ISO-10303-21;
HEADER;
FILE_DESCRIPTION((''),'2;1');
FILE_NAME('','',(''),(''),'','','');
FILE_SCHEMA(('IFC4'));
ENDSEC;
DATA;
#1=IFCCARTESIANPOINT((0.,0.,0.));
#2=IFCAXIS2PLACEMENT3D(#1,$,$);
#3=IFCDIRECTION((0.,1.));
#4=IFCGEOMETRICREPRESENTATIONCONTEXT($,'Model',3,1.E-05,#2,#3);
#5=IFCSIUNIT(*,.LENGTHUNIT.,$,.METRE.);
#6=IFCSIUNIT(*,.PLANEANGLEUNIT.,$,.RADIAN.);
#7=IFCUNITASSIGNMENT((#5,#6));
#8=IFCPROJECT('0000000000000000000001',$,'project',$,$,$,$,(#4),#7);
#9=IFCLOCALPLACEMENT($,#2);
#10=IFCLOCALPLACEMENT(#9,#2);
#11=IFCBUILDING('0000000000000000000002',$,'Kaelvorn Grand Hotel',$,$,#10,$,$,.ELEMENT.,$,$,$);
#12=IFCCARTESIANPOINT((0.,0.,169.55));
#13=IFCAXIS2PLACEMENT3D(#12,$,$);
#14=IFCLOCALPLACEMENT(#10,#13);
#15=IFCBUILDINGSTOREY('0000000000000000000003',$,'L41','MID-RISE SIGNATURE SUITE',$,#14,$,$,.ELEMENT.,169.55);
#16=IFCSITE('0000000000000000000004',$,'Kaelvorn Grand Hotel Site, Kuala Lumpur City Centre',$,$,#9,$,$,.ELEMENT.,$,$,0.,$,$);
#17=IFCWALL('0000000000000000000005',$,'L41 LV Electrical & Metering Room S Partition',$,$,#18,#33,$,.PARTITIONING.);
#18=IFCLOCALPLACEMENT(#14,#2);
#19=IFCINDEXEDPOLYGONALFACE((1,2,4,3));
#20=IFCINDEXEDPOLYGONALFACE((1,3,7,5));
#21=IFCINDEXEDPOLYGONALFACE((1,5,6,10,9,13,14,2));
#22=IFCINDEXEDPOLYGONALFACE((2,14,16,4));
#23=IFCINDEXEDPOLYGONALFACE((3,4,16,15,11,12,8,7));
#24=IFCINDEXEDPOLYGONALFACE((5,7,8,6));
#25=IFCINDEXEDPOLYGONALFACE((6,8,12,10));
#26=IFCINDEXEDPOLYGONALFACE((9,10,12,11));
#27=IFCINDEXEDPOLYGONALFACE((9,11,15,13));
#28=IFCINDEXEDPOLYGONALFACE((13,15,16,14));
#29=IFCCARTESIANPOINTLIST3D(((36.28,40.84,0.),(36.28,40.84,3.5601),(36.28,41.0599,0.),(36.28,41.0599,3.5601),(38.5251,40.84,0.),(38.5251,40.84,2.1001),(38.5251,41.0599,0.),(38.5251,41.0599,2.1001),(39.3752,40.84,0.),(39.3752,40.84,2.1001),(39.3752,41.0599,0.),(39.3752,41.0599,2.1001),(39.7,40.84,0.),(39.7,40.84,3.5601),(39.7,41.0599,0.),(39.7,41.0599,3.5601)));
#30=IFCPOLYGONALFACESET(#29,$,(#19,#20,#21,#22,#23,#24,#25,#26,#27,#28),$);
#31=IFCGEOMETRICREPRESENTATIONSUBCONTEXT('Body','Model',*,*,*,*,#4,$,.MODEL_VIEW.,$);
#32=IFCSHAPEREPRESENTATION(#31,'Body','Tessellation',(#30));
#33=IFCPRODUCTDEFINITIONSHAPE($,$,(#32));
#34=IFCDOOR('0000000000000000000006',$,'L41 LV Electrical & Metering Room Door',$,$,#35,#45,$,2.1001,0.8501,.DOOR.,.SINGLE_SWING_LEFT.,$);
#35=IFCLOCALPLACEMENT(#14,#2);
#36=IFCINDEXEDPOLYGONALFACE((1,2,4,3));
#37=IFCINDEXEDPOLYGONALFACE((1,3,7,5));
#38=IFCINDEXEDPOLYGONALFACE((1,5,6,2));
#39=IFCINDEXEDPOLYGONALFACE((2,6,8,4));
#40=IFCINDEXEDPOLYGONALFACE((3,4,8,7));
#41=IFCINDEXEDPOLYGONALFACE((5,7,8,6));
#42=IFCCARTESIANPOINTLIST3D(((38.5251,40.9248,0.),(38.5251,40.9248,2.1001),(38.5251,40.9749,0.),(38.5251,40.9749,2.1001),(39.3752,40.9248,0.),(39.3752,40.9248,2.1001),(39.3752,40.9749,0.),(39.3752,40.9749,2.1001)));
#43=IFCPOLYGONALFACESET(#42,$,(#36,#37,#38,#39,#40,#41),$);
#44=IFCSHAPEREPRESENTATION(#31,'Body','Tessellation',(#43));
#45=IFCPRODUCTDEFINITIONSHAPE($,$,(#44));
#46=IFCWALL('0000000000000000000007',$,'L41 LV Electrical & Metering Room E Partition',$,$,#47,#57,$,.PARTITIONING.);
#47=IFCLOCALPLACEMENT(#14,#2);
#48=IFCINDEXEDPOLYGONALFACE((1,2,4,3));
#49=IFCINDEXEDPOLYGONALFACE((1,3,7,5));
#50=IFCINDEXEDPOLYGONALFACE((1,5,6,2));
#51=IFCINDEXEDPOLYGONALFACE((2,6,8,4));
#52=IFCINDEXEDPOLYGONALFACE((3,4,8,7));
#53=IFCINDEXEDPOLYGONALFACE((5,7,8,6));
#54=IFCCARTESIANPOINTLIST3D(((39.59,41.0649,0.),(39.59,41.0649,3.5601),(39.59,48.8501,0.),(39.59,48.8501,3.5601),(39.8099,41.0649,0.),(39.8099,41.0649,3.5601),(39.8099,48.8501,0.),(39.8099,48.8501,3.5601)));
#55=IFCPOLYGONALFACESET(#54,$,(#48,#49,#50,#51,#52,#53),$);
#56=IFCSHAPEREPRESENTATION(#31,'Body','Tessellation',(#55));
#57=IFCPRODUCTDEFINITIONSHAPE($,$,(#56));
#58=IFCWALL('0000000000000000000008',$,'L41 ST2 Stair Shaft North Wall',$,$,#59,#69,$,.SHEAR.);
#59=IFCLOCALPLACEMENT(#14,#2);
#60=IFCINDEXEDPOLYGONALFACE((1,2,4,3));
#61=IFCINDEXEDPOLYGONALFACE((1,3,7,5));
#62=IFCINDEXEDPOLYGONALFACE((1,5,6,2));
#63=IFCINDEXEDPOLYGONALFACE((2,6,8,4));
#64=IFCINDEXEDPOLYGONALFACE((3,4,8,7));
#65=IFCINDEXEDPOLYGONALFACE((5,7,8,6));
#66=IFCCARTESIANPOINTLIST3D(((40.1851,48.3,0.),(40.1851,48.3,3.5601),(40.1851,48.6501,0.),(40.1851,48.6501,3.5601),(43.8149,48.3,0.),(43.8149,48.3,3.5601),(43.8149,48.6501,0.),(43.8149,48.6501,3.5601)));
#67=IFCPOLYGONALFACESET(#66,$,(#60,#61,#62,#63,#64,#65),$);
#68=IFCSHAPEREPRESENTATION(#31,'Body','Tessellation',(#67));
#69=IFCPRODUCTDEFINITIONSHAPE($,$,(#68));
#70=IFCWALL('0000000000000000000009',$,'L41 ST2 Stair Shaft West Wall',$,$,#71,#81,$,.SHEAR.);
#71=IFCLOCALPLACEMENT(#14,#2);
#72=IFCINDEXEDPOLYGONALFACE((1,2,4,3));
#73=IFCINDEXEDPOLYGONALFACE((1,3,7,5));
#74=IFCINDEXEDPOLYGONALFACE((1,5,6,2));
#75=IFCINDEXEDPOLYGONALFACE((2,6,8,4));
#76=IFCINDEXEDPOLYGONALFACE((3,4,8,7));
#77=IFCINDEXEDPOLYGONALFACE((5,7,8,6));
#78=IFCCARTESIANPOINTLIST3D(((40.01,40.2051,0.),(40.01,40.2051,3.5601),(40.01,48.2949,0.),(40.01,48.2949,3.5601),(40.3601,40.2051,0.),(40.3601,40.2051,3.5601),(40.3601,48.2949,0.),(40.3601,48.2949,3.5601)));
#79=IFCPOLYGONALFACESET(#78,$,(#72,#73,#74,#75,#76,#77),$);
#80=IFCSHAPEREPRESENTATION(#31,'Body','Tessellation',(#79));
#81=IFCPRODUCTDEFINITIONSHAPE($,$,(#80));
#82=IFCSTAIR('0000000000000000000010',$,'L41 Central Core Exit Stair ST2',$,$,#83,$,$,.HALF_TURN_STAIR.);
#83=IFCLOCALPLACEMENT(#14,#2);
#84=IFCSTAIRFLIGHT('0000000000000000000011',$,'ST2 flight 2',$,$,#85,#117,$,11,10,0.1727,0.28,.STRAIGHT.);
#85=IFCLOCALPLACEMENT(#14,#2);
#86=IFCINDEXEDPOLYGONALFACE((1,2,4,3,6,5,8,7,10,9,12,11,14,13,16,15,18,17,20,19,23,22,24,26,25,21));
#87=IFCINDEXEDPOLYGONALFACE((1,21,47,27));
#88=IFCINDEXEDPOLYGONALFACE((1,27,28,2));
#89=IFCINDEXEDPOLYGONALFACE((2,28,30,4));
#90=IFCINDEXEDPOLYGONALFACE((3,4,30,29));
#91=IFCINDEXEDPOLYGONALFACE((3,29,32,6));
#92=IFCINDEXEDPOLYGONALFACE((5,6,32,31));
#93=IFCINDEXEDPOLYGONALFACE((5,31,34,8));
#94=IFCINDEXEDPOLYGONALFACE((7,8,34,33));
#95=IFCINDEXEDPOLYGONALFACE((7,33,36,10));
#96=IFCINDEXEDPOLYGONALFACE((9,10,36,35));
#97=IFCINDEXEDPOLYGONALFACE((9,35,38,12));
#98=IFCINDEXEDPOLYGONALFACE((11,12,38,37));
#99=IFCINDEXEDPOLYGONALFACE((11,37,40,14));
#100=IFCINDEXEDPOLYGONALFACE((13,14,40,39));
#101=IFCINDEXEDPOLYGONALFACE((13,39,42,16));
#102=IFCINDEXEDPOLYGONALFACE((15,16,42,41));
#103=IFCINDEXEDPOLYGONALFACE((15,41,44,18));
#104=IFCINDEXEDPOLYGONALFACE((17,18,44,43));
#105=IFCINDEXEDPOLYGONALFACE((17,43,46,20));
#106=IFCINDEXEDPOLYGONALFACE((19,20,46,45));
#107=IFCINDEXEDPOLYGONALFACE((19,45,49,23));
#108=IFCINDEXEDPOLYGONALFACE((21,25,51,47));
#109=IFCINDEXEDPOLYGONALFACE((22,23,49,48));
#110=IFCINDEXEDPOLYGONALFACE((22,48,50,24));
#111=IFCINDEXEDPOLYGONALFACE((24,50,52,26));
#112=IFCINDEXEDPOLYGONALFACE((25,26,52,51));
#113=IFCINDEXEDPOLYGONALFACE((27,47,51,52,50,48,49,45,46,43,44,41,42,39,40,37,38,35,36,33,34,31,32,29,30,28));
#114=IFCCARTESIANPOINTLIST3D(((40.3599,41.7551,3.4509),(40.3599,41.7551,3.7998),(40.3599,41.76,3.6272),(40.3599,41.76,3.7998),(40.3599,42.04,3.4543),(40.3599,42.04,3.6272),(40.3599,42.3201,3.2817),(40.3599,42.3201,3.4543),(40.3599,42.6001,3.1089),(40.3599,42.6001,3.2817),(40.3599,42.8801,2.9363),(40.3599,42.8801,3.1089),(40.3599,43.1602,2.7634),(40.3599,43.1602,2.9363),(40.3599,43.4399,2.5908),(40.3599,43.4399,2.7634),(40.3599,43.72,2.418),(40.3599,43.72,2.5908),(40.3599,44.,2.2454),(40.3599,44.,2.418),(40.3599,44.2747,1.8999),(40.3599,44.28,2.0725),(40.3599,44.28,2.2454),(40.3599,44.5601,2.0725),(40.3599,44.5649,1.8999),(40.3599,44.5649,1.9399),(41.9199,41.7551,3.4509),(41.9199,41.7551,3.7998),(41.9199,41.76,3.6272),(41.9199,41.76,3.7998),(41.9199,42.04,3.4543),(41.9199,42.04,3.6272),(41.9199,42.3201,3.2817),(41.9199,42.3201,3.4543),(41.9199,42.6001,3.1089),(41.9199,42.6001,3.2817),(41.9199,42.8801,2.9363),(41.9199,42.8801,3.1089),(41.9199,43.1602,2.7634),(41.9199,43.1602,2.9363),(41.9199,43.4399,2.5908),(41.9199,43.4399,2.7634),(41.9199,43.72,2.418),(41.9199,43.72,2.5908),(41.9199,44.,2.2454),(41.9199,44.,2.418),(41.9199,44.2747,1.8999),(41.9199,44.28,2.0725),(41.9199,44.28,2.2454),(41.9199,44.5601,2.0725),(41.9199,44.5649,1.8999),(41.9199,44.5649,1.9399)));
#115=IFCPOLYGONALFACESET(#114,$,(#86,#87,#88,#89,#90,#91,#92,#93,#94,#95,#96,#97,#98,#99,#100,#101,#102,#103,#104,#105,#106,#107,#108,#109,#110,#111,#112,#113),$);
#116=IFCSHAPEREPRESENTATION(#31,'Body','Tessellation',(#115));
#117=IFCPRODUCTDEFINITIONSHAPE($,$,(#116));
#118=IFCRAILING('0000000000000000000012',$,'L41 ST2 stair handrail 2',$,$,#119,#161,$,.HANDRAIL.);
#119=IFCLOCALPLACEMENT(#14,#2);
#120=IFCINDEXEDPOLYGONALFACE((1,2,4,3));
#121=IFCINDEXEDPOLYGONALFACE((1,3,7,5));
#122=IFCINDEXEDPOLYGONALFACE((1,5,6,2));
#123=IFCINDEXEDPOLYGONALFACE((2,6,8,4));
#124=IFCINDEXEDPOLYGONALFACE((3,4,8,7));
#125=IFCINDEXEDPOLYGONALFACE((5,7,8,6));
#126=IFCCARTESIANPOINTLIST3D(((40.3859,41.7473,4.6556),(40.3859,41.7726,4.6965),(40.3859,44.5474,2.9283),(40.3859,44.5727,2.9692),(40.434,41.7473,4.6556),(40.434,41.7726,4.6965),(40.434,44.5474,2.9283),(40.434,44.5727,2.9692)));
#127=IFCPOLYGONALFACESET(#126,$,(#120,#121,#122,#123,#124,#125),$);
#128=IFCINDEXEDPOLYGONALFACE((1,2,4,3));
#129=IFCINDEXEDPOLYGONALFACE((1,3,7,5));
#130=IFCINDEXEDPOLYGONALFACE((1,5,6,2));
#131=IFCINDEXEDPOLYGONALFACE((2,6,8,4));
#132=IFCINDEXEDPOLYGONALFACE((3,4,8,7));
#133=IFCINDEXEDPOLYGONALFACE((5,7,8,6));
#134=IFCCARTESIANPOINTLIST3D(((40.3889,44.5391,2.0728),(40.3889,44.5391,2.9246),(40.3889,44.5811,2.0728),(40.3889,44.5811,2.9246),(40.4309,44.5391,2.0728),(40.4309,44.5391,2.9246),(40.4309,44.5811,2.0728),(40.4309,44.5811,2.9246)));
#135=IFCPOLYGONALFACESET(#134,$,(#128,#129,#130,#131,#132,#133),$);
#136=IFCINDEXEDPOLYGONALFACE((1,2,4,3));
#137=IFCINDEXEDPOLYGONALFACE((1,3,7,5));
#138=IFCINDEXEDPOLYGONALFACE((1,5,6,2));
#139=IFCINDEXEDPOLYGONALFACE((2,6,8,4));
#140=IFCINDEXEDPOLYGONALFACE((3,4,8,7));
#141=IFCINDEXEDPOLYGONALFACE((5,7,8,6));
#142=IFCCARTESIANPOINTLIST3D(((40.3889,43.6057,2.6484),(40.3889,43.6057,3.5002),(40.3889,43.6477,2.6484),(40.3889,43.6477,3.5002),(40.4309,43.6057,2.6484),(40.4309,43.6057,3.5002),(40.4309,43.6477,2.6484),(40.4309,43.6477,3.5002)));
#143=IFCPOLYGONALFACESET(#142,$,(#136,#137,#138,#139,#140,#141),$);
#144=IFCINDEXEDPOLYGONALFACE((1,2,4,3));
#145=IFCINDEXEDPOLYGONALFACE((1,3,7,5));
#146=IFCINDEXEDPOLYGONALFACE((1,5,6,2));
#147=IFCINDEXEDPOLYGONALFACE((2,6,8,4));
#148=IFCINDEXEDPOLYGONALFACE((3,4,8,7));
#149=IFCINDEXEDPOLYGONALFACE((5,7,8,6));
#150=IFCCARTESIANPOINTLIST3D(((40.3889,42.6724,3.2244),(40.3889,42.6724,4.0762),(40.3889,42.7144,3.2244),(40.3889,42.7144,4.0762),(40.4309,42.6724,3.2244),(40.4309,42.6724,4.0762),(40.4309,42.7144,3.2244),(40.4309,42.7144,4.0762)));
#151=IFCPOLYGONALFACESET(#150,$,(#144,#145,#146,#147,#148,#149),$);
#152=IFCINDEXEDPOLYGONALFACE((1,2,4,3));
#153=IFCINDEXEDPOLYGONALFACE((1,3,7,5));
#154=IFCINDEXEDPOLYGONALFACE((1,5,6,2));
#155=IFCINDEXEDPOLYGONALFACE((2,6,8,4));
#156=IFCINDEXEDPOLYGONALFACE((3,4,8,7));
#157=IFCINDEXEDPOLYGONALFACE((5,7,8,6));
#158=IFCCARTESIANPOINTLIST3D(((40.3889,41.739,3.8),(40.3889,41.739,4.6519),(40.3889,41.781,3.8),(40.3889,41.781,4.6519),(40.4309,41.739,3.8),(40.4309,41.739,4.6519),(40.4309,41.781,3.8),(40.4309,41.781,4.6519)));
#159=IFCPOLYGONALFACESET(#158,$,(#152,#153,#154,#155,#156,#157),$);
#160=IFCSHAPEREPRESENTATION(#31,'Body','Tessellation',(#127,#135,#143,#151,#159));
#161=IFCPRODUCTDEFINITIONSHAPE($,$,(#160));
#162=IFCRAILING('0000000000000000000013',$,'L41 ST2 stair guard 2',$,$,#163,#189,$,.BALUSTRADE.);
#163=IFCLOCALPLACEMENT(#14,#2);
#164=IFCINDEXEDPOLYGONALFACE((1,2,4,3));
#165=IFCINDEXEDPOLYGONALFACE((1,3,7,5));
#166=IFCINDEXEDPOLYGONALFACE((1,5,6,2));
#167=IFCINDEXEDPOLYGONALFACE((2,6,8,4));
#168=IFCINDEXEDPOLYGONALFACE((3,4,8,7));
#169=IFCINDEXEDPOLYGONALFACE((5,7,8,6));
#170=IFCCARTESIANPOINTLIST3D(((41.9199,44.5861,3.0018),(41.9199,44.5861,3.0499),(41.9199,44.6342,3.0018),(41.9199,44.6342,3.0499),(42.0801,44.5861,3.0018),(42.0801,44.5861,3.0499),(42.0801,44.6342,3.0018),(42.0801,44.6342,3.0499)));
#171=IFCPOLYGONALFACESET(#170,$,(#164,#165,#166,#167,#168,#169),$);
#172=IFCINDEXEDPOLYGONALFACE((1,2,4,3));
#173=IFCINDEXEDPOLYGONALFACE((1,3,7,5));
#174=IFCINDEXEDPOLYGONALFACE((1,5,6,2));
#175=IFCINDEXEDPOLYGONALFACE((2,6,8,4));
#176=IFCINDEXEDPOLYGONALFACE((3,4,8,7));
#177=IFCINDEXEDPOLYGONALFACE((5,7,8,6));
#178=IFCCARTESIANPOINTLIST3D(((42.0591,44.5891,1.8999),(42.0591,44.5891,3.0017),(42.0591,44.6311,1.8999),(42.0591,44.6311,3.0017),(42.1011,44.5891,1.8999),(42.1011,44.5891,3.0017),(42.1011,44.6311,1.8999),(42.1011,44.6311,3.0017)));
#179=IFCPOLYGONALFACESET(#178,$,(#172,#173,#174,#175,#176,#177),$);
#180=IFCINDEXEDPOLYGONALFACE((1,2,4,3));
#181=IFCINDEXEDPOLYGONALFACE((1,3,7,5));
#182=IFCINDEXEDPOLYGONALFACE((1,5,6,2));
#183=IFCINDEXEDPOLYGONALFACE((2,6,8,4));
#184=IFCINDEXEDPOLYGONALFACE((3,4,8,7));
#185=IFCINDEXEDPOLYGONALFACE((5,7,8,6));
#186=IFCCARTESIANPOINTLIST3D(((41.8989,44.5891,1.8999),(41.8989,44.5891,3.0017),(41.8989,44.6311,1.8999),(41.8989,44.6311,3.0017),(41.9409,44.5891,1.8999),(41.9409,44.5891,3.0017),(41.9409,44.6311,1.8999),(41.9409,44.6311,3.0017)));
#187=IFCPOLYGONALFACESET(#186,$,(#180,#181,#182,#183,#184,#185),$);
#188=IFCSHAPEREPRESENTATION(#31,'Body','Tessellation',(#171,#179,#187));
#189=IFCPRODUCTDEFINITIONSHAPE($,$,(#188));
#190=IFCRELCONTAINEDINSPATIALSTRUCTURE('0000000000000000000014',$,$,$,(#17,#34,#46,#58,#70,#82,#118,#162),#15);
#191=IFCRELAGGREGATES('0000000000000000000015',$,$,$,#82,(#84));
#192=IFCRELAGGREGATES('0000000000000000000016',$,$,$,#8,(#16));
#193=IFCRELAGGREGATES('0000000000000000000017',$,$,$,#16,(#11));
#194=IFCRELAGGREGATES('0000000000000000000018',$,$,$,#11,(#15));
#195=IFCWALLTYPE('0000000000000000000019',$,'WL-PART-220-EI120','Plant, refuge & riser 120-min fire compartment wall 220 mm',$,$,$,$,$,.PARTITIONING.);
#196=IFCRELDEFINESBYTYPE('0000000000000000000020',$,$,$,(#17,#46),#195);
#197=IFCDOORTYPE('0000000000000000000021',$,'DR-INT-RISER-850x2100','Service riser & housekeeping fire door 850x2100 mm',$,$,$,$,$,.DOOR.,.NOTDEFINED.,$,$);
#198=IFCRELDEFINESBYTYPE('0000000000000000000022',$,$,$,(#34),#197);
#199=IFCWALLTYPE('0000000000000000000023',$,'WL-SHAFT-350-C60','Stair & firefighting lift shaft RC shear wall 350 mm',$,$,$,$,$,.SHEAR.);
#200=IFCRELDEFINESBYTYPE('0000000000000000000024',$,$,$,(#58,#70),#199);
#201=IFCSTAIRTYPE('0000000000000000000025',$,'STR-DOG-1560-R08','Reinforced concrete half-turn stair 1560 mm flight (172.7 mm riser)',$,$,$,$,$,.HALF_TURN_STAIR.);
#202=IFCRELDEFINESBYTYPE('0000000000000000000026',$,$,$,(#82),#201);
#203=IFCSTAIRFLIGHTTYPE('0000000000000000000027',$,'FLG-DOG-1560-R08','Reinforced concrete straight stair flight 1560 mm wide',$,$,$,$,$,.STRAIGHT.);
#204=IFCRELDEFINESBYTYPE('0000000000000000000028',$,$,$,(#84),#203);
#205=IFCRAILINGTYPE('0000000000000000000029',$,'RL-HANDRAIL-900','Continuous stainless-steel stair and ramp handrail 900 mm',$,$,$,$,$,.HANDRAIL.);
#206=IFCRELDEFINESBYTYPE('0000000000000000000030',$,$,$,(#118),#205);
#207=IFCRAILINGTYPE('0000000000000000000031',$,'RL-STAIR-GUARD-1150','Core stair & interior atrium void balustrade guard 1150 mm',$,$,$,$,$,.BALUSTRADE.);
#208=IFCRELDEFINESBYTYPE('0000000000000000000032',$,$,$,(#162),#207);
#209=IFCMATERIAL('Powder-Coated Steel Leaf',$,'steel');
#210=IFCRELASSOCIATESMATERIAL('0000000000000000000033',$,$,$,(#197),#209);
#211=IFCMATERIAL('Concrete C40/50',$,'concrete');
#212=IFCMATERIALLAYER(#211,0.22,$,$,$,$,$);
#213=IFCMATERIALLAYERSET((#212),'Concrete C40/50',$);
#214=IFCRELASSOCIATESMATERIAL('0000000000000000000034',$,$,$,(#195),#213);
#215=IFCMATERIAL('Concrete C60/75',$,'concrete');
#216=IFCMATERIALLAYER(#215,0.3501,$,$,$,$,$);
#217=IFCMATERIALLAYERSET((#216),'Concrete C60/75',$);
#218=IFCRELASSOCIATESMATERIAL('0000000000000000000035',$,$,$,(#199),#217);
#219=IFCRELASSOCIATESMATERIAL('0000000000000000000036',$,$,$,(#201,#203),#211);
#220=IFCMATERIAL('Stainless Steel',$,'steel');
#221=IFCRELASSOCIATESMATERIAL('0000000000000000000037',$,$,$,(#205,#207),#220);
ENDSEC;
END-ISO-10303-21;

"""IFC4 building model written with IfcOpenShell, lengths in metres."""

from ifc_helpers import new_model, si_unit, direction, frame, frame_2d, origin, origin_2d, place, context, subcontext, project, spatial, polyline, rectangle, outline, extrude, material, layer, layer_set, type_object, element, fill, aggregate, save


model = new_model("IFC4")

# Units and contexts
model_context = context("Model", 3, precision=1e-05, world=origin(), true_north=direction((0.0, 1.0)))
body_context = subcontext(model_context, "Body", "Model", "MODEL_VIEW")
ifc_project = project(units=[si_unit("LENGTHUNIT", "METRE"), si_unit("PLANEANGLEUNIT", "RADIAN")], contexts=[model_context])

# Site, building, storey
site_placement = place(None, origin())
site = spatial("IfcSite", under=ifc_project, at=site_placement, Name="Kaelvorn Grand Hotel Site, Kuala Lumpur City Centre", CompositionType="ELEMENT", RefElevation=0.0)
building_placement = place(site_placement, origin())
building = spatial("IfcBuilding", under=site, at=building_placement, Name="Kaelvorn Grand Hotel", CompositionType="ELEMENT")
storey_placement = place(building_placement, frame((0.0, 0.0, 169.55)))
storey = spatial("IfcBuildingStorey", under=building, at=storey_placement, Name="L41", Description="MID-RISE SIGNATURE SUITE", CompositionType="ELEMENT", Elevation=169.55)

# Shared definitions
ifc_material_1 = material(Name="Concrete C60/75", Category="concrete")

# Shared definitions
ifc_material_2 = material(Name="Powder-Coated Steel Leaf", Category="steel")
door_type_1 = type_object("IfcDoorType", Name="DR-INT-RISER-850x2100", Description="Service riser & housekeeping fire door 850x2100 mm", OperationType="NOTDEFINED", PredefinedType="DOOR", material=ifc_material_2)

# Shared definitions
ifc_material_3 = material(Name="Concrete C40/50", Category="concrete")
ifc_layer_1 = layer(ifc_material_3, 0.22)
ifc_layer_set_1 = layer_set([ifc_layer_1], Name="Concrete C40/50")
wall_type_1 = type_object("IfcWallType", Name="WL-PART-220-EI120", Description="Plant, refuge & riser 120-min fire compartment wall 220 mm", PredefinedType="PARTITIONING", material=ifc_layer_set_1)

# Wall, opening, door
wall_1_placement = place(storey_placement, frame((36.28, 40.95, 0.0), z_axis=(0.0, 0.0, 1.0), x_axis=(1.0, 0.0, 0.0)))
wall_1 = element("IfcWall", 1, at=wall_1_placement, inside=storey, type_object=wall_type_1, Name="L41 LV Electrical & Metering Room S Partition", PredefinedType="PARTITIONING", context=body_context, shape_type="SweptSolid", body=[
    extrude(rectangle(XDim=3.4199, YDim=0.22, at=frame_2d((1.71, 0.0))), origin(), (0.0, 0.0, 1.0), 3.5601),
])
opening_1_placement = place(wall_1_placement, frame((2.2451, 0.0, 0.0)))
opening_1 = element("IfcOpeningElement", 2, at=opening_1_placement, cuts=wall_1, PredefinedType="OPENING", context=body_context, shape_type="SweptSolid", body=[
    extrude(rectangle(XDim=0.8501, YDim=2.1001, at=frame_2d((0.425, 1.05))), frame((0.0, 0.1201, 0.0), z_axis=(0.0, -1.0, 0.0), x_axis=(1.0, 0.0, 0.0)), (0.0, 0.0, 1.0), 0.24),
])
door_1_placement = place(opening_1_placement, origin())
door_1 = element("IfcDoor", 3, at=door_1_placement, inside=storey, type_object=door_type_1, Name="L41 LV Electrical & Metering Room Door", OperationType="SINGLE_SWING_LEFT", OverallHeight=2.1001, OverallWidth=0.8501, PredefinedType="DOOR", context=body_context, shape_type="SweptSolid", body=[
    extrude(rectangle(XDim=0.8501, YDim=2.1001, at=frame_2d((0.425, 1.05))), frame((0.0, 0.0249, 0.0), z_axis=(0.0, -1.0, 0.0), x_axis=(1.0, 0.0, 0.0)), (0.0, 0.0, 1.0), 0.05),
])
fill(opening_1, door_1)

# Wall
wall_2_placement = place(storey_placement, frame((39.7, 41.0649, 0.0), z_axis=(0.0, 0.0, 1.0), x_axis=(0.0, 1.0, 0.0)))
element("IfcWall", 4, at=wall_2_placement, inside=storey, type_object=wall_type_1, Name="L41 LV Electrical & Metering Room E Partition", PredefinedType="PARTITIONING", context=body_context, shape_type="SweptSolid", body=[
    extrude(rectangle(XDim=7.7852, YDim=0.22, at=frame_2d((3.8926, 0.0))), origin(), (0.0, 0.0, 1.0), 3.5601),
])

# Shared definitions
ifc_layer_2 = layer(ifc_material_1, 0.3501)
ifc_layer_set_2 = layer_set([ifc_layer_2], Name="Concrete C60/75")
wall_type_2 = type_object("IfcWallType", Name="WL-SHAFT-350-C60", Description="Stair & firefighting lift shaft RC shear wall 350 mm", PredefinedType="SHEAR", material=ifc_layer_set_2)

# Walls
wall_3_placement = place(storey_placement, frame((40.1851, 48.4751, 0.0), z_axis=(0.0, 0.0, 1.0), x_axis=(1.0, 0.0, 0.0)))
element("IfcWall", 5, at=wall_3_placement, inside=storey, type_object=wall_type_2, Name="L41 ST2 Stair Shaft North Wall", PredefinedType="SHEAR", context=body_context, shape_type="SweptSolid", body=[
    extrude(rectangle(XDim=3.6299, YDim=0.3501, at=frame_2d((1.8149, 0.0))), origin(), (0.0, 0.0, 1.0), 3.5601),
])
wall_4_placement = place(storey_placement, frame((40.1851, 40.2051, 0.0), z_axis=(0.0, 0.0, 1.0), x_axis=(0.0, 1.0, 0.0)))
element("IfcWall", 6, at=wall_4_placement, inside=storey, type_object=wall_type_2, Name="L41 ST2 Stair Shaft West Wall", PredefinedType="SHEAR", context=body_context, shape_type="SweptSolid", body=[
    extrude(rectangle(XDim=8.0898, YDim=0.3501, at=frame_2d((4.0449, 0.0))), origin(), (0.0, 0.0, 1.0), 3.5601),
])

# Stair, stair flight
stair_type = type_object("IfcStairType", Name="STR-DOG-1560-R08", Description="Reinforced concrete half-turn stair 1560 mm flight (172.7 mm riser)", PredefinedType="HALF_TURN_STAIR", material=ifc_material_3)
stair_placement = place(storey_placement, origin())
stair = element("IfcStair", 7, at=stair_placement, inside=storey, type_object=stair_type, Name="L41 Central Core Exit Stair ST2", PredefinedType="HALF_TURN_STAIR")
stair_flight_type = type_object("IfcStairFlightType", Name="FLG-DOG-1560-R08", Description="Reinforced concrete straight stair flight 1560 mm wide", PredefinedType="STRAIGHT", material=ifc_material_3)
stair_flight_placement = place(storey_placement, frame((41.1399, 44.5601, 1.8999), z_axis=(0.0, 0.0, 1.0), x_axis=(0.0, -1.0, 0.0)))
stair_flight = element("IfcStairFlight", 8, at=stair_flight_placement, type_object=stair_flight_type, Name="ST2 flight 2", NumberOfRisers=11, NumberOfTreads=10, PredefinedType="STRAIGHT", RiserHeight=0.1727, TreadLength=0.28, context=body_context, shape_type="SweptSolid", body=[
    extrude(outline(polyline([(-0.0049, 0.0), (-0.0049, 0.04), (0.0, 0.1726), (0.28, 0.1726), (0.28, 0.3455), (0.5601, 0.3455), (0.5601, 0.5181), (0.8401, 0.5181), (0.8401, 0.6909), (1.1201, 0.6909), (1.1201, 0.8635), (1.3999, 0.8635), (1.3999, 1.0364), (1.6799, 1.0364), (1.6799, 1.209), (1.96, 1.209), (1.96, 1.3818), (2.24, 1.3818), (2.24, 1.5544), (2.52, 1.5544), (2.52, 1.7273), (2.8, 1.7273), (2.8, 1.8999), (2.8049, 1.8999), (2.8049, 1.551), (0.2854, 0.0), (-0.0049, 0.0)])), frame((0.0, 0.78, 0.0), z_axis=(0.0, -1.0, 0.0), x_axis=(1.0, 0.0, 0.0)), (0.0, 0.0, 1.0), 1.5601),
])
aggregate(stair, [stair_flight])

# Railings
ifc_material_4 = material(Name="Stainless Steel", Category="steel")
railing_type_1 = type_object("IfcRailingType", Name="RL-HANDRAIL-900", Description="Continuous stainless-steel stair and ramp handrail 900 mm", PredefinedType="HANDRAIL", material=ifc_material_4)
railing_1_placement = place(storey_placement, frame((40.4099, 44.5601, 2.0728)))
element("IfcRailing", 9, at=railing_1_placement, inside=storey, type_object=railing_type_1, Name="L41 ST2 stair handrail 2", PredefinedType="HANDRAIL", context=body_context, shape_type="SweptSolid", body=[
    extrude(rectangle(XDim=0.0481, YDim=0.0481, at=origin_2d()), frame((0.0, 0.0, 0.876), z_axis=(0.0, -0.85109, 0.52502), x_axis=(1.0, 0.0, 0.0)), (0.0, 0.0, 1.0), 3.29),
    extrude(rectangle(XDim=0.042, YDim=0.042, at=origin_2d()), origin(), (0.0, 0.0, 1.0), 0.8518),
    extrude(rectangle(XDim=0.042, YDim=0.042, at=origin_2d()), frame((0.0, -0.9333, 0.5757)), (0.0, 0.0, 1.0), 0.8518),
    extrude(rectangle(XDim=0.042, YDim=0.042, at=origin_2d()), frame((0.0, -1.8667, 1.1516)), (0.0, 0.0, 1.0), 0.8518),
    extrude(rectangle(XDim=0.042, YDim=0.042, at=origin_2d()), frame((0.0, -2.8, 1.7273)), (0.0, 0.0, 1.0), 0.8518),
])
railing_type_2 = type_object("IfcRailingType", Name="RL-STAIR-GUARD-1150", Description="Core stair & interior atrium void balustrade guard 1150 mm", PredefinedType="BALUSTRADE", material=ifc_material_4)
railing_2_placement = place(storey_placement, frame((42.0801, 44.6101, 1.8999)))
element("IfcRailing", 10, at=railing_2_placement, inside=storey, type_object=railing_type_2, Name="L41 ST2 stair guard 2", PredefinedType="BALUSTRADE", context=body_context, shape_type="SweptSolid", body=[
    extrude(rectangle(XDim=0.0481, YDim=0.0481, at=origin_2d()), frame((0.0, 0.0, 1.126), z_axis=(-1.0, 0.0, 0.0), x_axis=(0.0, -1.0, 0.0)), (0.0, 0.0, 1.0), 0.1602),
    extrude(rectangle(XDim=0.042, YDim=0.042, at=origin_2d()), origin(), (0.0, 0.0, 1.0), 1.1018),
    extrude(rectangle(XDim=0.042, YDim=0.042, at=origin_2d()), frame((-0.1602, 0.0, 0.0)), (0.0, 0.0, 1.0), 1.1018),
])

save(model, "model.ifc")
